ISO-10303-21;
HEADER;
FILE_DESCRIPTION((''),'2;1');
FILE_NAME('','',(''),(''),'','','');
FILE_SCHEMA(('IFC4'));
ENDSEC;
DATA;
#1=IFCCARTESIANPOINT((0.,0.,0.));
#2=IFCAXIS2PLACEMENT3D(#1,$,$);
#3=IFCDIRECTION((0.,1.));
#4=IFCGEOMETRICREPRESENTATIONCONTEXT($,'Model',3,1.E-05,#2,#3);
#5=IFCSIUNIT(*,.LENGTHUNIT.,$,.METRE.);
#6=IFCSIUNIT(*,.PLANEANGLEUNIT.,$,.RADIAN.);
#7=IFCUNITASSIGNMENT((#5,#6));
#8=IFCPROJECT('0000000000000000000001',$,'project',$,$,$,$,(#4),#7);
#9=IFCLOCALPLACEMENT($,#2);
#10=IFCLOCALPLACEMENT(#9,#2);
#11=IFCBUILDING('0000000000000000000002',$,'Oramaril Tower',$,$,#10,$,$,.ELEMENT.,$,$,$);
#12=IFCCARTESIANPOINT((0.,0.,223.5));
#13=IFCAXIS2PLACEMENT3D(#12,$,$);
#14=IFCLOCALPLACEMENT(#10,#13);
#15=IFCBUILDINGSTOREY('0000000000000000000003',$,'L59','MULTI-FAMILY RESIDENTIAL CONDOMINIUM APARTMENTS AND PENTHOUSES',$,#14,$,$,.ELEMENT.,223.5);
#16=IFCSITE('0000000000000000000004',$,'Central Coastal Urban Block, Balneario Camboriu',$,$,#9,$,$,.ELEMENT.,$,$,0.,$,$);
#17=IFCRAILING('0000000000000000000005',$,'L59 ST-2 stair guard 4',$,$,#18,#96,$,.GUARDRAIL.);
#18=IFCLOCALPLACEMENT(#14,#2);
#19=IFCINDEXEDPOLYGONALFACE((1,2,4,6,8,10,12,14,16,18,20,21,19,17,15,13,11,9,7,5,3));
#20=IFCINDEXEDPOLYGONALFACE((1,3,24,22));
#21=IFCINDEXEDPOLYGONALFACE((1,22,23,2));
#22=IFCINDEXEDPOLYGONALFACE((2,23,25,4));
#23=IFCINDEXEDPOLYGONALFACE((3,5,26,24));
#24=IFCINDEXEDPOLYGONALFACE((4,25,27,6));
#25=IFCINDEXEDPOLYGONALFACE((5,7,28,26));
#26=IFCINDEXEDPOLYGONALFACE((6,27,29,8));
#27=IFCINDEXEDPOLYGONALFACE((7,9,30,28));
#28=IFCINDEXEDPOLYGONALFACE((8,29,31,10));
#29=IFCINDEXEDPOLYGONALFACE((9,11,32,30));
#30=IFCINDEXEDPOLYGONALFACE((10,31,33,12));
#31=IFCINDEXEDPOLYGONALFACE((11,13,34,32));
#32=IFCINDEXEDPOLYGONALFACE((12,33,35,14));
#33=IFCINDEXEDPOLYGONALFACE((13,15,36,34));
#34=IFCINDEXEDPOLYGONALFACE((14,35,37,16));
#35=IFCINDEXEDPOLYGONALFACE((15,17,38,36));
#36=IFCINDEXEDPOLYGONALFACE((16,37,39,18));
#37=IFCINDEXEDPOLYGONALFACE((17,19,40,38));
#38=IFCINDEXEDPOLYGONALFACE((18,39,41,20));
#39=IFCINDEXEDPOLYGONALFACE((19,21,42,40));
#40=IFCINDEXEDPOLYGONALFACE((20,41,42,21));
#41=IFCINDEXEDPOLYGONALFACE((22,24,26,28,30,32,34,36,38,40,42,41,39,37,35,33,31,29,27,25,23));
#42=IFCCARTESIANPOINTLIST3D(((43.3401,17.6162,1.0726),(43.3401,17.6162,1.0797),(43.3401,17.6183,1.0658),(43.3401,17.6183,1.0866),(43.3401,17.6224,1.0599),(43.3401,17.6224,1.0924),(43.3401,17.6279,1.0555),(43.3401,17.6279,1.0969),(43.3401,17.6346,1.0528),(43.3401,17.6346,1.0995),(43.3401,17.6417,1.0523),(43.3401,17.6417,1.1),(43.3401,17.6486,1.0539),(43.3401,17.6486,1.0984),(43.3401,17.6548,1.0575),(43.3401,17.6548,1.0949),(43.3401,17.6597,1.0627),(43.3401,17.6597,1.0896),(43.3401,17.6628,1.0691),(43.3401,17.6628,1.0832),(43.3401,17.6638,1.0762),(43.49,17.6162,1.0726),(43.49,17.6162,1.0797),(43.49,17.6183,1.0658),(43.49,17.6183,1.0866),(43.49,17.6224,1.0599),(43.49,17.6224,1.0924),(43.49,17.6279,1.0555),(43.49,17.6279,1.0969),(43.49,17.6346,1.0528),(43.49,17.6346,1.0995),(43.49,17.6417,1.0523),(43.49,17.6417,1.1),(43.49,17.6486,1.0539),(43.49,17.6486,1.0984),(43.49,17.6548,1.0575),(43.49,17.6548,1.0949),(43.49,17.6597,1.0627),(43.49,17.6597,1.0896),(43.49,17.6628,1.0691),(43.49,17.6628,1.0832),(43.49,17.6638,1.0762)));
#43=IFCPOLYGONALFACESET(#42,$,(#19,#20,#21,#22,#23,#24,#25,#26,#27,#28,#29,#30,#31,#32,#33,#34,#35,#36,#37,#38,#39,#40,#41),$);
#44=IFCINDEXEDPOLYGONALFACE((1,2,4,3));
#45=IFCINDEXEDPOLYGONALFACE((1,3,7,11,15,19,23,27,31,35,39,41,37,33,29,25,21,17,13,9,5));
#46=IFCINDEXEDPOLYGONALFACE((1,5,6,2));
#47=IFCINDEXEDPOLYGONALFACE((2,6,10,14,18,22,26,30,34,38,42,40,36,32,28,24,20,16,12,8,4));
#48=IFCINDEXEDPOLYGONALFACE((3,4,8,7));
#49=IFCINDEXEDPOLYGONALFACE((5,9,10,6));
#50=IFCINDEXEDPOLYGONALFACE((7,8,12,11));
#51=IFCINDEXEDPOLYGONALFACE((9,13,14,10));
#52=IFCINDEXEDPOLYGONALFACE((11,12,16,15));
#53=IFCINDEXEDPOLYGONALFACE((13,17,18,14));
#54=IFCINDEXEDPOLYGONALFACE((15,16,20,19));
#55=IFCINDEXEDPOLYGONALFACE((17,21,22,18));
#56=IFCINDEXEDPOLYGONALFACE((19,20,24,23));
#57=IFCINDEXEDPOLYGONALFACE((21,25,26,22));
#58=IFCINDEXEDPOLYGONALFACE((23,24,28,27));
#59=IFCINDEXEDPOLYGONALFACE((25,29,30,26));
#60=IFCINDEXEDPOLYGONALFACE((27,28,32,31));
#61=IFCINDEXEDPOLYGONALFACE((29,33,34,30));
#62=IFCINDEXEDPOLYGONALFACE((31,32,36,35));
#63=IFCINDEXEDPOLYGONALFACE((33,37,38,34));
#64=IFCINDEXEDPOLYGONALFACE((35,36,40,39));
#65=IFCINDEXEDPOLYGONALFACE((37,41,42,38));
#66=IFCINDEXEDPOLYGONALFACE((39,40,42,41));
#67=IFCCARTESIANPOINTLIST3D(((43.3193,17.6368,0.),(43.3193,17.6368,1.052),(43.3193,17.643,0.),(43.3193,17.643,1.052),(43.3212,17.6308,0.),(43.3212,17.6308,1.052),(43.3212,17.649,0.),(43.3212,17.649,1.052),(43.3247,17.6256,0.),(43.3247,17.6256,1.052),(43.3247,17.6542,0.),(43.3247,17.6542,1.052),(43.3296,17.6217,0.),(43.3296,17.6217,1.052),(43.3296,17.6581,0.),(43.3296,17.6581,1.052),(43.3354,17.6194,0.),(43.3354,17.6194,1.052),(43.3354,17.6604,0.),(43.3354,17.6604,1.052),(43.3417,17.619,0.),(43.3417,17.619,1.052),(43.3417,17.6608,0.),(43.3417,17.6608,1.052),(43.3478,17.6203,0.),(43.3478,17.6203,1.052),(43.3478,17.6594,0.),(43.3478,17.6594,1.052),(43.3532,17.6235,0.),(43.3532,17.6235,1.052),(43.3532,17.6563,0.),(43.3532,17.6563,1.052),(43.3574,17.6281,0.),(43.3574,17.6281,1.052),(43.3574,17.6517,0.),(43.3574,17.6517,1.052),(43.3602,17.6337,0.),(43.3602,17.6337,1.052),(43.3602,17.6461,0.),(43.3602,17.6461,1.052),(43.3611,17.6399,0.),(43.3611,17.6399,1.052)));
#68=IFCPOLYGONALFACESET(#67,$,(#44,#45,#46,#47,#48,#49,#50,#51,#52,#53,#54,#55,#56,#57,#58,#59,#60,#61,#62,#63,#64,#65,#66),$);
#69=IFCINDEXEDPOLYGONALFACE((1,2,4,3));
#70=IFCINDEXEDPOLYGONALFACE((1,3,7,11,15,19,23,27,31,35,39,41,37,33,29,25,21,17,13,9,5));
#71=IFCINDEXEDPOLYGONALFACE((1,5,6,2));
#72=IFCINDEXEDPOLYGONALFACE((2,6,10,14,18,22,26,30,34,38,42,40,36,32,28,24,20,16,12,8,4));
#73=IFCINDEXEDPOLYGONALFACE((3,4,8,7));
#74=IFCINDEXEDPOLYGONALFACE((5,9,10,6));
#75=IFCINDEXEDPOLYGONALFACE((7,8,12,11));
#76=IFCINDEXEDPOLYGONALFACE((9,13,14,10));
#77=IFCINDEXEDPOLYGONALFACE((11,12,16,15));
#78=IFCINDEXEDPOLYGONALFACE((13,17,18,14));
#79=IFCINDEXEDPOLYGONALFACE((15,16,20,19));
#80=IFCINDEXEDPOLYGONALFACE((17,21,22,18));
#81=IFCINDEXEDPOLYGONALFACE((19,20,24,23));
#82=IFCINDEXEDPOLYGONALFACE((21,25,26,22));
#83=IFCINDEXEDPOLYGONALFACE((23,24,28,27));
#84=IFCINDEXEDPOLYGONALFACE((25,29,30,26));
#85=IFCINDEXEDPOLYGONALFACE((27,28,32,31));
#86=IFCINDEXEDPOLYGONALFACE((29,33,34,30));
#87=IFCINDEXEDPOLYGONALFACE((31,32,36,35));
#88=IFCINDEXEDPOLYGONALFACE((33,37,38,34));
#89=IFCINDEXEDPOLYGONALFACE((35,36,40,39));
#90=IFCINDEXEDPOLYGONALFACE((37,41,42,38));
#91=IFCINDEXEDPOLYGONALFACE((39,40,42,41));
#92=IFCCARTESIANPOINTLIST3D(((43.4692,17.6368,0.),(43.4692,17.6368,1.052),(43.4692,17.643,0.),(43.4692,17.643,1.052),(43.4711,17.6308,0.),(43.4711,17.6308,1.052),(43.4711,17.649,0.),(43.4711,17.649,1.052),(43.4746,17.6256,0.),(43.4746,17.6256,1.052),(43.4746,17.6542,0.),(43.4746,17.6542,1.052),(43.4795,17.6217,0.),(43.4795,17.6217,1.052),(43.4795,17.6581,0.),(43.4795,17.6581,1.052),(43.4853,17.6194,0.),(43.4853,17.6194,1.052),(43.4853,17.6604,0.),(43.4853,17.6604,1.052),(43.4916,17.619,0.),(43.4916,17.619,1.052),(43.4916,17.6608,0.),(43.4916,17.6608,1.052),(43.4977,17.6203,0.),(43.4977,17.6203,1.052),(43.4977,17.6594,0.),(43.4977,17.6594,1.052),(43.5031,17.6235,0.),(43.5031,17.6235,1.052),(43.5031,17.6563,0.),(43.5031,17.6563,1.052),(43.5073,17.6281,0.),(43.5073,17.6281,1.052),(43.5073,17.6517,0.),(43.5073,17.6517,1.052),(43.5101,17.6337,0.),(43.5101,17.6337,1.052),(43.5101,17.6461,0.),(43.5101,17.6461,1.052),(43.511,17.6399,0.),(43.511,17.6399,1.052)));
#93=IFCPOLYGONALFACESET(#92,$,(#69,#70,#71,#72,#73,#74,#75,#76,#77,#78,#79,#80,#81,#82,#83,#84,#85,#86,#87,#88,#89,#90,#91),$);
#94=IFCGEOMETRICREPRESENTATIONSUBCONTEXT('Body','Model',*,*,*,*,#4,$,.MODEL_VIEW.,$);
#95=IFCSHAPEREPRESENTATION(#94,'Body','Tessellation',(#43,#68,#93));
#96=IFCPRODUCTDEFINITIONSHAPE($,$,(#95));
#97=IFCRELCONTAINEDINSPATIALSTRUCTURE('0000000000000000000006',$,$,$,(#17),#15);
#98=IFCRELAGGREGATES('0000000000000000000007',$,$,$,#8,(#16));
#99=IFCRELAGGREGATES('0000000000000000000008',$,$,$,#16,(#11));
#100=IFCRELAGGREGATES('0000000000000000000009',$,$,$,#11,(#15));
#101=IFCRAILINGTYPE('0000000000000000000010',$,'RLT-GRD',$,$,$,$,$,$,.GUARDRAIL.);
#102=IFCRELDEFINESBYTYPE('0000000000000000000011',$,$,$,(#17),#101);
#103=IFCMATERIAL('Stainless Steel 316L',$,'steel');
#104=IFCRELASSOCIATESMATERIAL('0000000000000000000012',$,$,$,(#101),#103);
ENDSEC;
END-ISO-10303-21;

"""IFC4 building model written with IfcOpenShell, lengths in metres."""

from ifc_helpers import new_model, si_unit, direction, frame, origin, origin_2d, place, context, subcontext, project, spatial, circle, extrude, material, type_object, element, save


model = new_model("IFC4")

# Units and contexts
model_context = context("Model", 3, precision=1e-05, world=origin(), true_north=direction((0.0, 1.0)))
body_context = subcontext(model_context, "Body", "Model", "MODEL_VIEW")
ifc_project = project(units=[si_unit("LENGTHUNIT", "METRE"), si_unit("PLANEANGLEUNIT", "RADIAN")], contexts=[model_context])

# Site, building, storey
site_placement = place(None, origin())
site = spatial("IfcSite", under=ifc_project, at=site_placement, Name="Central Coastal Urban Block, Balneario Camboriu", CompositionType="ELEMENT", RefElevation=0.0)
building_placement = place(site_placement, origin())
building = spatial("IfcBuilding", under=site, at=building_placement, Name="Oramaril Tower", CompositionType="ELEMENT")
storey_placement = place(building_placement, frame((0.0, 0.0, 223.5)))
storey = spatial("IfcBuildingStorey", under=building, at=storey_placement, Name="L59", Description="MULTI-FAMILY RESIDENTIAL CONDOMINIUM APARTMENTS AND PENTHOUSES", CompositionType="ELEMENT", Elevation=223.5)

# Railing
ifc_material_1 = material(Name="Stainless Steel 316L", Category="steel")
railing_type_1 = type_object("IfcRailingType", Name="RLT-GRD", PredefinedType="GUARDRAIL", material=ifc_material_1)
railing_1_placement = place(storey_placement, frame((43.3401, 17.6399, 0.0)))
element("IfcRailing", 1, at=railing_1_placement, inside=storey, type_object=railing_type_1, Name="L59 ST-2 stair guard 4", PredefinedType="GUARDRAIL", context=body_context, shape_type="SweptSolid", body=[
    extrude(circle(Radius=0.0239, at=origin_2d()), frame((0.0, 0.0, 1.0762), z_axis=(1.0, 0.0, 0.0), x_axis=(0.0, 1.0, 0.0)), (0.0, 0.0, 1.0), 0.1499),
    extrude(circle(Radius=0.021, at=origin_2d()), origin(), (0.0, 0.0, 1.0), 1.052),
    extrude(circle(Radius=0.021, at=origin_2d()), frame((0.1499, 0.0, 0.0)), (0.0, 0.0, 1.0), 1.052),
])

save(model, "model.ifc")
